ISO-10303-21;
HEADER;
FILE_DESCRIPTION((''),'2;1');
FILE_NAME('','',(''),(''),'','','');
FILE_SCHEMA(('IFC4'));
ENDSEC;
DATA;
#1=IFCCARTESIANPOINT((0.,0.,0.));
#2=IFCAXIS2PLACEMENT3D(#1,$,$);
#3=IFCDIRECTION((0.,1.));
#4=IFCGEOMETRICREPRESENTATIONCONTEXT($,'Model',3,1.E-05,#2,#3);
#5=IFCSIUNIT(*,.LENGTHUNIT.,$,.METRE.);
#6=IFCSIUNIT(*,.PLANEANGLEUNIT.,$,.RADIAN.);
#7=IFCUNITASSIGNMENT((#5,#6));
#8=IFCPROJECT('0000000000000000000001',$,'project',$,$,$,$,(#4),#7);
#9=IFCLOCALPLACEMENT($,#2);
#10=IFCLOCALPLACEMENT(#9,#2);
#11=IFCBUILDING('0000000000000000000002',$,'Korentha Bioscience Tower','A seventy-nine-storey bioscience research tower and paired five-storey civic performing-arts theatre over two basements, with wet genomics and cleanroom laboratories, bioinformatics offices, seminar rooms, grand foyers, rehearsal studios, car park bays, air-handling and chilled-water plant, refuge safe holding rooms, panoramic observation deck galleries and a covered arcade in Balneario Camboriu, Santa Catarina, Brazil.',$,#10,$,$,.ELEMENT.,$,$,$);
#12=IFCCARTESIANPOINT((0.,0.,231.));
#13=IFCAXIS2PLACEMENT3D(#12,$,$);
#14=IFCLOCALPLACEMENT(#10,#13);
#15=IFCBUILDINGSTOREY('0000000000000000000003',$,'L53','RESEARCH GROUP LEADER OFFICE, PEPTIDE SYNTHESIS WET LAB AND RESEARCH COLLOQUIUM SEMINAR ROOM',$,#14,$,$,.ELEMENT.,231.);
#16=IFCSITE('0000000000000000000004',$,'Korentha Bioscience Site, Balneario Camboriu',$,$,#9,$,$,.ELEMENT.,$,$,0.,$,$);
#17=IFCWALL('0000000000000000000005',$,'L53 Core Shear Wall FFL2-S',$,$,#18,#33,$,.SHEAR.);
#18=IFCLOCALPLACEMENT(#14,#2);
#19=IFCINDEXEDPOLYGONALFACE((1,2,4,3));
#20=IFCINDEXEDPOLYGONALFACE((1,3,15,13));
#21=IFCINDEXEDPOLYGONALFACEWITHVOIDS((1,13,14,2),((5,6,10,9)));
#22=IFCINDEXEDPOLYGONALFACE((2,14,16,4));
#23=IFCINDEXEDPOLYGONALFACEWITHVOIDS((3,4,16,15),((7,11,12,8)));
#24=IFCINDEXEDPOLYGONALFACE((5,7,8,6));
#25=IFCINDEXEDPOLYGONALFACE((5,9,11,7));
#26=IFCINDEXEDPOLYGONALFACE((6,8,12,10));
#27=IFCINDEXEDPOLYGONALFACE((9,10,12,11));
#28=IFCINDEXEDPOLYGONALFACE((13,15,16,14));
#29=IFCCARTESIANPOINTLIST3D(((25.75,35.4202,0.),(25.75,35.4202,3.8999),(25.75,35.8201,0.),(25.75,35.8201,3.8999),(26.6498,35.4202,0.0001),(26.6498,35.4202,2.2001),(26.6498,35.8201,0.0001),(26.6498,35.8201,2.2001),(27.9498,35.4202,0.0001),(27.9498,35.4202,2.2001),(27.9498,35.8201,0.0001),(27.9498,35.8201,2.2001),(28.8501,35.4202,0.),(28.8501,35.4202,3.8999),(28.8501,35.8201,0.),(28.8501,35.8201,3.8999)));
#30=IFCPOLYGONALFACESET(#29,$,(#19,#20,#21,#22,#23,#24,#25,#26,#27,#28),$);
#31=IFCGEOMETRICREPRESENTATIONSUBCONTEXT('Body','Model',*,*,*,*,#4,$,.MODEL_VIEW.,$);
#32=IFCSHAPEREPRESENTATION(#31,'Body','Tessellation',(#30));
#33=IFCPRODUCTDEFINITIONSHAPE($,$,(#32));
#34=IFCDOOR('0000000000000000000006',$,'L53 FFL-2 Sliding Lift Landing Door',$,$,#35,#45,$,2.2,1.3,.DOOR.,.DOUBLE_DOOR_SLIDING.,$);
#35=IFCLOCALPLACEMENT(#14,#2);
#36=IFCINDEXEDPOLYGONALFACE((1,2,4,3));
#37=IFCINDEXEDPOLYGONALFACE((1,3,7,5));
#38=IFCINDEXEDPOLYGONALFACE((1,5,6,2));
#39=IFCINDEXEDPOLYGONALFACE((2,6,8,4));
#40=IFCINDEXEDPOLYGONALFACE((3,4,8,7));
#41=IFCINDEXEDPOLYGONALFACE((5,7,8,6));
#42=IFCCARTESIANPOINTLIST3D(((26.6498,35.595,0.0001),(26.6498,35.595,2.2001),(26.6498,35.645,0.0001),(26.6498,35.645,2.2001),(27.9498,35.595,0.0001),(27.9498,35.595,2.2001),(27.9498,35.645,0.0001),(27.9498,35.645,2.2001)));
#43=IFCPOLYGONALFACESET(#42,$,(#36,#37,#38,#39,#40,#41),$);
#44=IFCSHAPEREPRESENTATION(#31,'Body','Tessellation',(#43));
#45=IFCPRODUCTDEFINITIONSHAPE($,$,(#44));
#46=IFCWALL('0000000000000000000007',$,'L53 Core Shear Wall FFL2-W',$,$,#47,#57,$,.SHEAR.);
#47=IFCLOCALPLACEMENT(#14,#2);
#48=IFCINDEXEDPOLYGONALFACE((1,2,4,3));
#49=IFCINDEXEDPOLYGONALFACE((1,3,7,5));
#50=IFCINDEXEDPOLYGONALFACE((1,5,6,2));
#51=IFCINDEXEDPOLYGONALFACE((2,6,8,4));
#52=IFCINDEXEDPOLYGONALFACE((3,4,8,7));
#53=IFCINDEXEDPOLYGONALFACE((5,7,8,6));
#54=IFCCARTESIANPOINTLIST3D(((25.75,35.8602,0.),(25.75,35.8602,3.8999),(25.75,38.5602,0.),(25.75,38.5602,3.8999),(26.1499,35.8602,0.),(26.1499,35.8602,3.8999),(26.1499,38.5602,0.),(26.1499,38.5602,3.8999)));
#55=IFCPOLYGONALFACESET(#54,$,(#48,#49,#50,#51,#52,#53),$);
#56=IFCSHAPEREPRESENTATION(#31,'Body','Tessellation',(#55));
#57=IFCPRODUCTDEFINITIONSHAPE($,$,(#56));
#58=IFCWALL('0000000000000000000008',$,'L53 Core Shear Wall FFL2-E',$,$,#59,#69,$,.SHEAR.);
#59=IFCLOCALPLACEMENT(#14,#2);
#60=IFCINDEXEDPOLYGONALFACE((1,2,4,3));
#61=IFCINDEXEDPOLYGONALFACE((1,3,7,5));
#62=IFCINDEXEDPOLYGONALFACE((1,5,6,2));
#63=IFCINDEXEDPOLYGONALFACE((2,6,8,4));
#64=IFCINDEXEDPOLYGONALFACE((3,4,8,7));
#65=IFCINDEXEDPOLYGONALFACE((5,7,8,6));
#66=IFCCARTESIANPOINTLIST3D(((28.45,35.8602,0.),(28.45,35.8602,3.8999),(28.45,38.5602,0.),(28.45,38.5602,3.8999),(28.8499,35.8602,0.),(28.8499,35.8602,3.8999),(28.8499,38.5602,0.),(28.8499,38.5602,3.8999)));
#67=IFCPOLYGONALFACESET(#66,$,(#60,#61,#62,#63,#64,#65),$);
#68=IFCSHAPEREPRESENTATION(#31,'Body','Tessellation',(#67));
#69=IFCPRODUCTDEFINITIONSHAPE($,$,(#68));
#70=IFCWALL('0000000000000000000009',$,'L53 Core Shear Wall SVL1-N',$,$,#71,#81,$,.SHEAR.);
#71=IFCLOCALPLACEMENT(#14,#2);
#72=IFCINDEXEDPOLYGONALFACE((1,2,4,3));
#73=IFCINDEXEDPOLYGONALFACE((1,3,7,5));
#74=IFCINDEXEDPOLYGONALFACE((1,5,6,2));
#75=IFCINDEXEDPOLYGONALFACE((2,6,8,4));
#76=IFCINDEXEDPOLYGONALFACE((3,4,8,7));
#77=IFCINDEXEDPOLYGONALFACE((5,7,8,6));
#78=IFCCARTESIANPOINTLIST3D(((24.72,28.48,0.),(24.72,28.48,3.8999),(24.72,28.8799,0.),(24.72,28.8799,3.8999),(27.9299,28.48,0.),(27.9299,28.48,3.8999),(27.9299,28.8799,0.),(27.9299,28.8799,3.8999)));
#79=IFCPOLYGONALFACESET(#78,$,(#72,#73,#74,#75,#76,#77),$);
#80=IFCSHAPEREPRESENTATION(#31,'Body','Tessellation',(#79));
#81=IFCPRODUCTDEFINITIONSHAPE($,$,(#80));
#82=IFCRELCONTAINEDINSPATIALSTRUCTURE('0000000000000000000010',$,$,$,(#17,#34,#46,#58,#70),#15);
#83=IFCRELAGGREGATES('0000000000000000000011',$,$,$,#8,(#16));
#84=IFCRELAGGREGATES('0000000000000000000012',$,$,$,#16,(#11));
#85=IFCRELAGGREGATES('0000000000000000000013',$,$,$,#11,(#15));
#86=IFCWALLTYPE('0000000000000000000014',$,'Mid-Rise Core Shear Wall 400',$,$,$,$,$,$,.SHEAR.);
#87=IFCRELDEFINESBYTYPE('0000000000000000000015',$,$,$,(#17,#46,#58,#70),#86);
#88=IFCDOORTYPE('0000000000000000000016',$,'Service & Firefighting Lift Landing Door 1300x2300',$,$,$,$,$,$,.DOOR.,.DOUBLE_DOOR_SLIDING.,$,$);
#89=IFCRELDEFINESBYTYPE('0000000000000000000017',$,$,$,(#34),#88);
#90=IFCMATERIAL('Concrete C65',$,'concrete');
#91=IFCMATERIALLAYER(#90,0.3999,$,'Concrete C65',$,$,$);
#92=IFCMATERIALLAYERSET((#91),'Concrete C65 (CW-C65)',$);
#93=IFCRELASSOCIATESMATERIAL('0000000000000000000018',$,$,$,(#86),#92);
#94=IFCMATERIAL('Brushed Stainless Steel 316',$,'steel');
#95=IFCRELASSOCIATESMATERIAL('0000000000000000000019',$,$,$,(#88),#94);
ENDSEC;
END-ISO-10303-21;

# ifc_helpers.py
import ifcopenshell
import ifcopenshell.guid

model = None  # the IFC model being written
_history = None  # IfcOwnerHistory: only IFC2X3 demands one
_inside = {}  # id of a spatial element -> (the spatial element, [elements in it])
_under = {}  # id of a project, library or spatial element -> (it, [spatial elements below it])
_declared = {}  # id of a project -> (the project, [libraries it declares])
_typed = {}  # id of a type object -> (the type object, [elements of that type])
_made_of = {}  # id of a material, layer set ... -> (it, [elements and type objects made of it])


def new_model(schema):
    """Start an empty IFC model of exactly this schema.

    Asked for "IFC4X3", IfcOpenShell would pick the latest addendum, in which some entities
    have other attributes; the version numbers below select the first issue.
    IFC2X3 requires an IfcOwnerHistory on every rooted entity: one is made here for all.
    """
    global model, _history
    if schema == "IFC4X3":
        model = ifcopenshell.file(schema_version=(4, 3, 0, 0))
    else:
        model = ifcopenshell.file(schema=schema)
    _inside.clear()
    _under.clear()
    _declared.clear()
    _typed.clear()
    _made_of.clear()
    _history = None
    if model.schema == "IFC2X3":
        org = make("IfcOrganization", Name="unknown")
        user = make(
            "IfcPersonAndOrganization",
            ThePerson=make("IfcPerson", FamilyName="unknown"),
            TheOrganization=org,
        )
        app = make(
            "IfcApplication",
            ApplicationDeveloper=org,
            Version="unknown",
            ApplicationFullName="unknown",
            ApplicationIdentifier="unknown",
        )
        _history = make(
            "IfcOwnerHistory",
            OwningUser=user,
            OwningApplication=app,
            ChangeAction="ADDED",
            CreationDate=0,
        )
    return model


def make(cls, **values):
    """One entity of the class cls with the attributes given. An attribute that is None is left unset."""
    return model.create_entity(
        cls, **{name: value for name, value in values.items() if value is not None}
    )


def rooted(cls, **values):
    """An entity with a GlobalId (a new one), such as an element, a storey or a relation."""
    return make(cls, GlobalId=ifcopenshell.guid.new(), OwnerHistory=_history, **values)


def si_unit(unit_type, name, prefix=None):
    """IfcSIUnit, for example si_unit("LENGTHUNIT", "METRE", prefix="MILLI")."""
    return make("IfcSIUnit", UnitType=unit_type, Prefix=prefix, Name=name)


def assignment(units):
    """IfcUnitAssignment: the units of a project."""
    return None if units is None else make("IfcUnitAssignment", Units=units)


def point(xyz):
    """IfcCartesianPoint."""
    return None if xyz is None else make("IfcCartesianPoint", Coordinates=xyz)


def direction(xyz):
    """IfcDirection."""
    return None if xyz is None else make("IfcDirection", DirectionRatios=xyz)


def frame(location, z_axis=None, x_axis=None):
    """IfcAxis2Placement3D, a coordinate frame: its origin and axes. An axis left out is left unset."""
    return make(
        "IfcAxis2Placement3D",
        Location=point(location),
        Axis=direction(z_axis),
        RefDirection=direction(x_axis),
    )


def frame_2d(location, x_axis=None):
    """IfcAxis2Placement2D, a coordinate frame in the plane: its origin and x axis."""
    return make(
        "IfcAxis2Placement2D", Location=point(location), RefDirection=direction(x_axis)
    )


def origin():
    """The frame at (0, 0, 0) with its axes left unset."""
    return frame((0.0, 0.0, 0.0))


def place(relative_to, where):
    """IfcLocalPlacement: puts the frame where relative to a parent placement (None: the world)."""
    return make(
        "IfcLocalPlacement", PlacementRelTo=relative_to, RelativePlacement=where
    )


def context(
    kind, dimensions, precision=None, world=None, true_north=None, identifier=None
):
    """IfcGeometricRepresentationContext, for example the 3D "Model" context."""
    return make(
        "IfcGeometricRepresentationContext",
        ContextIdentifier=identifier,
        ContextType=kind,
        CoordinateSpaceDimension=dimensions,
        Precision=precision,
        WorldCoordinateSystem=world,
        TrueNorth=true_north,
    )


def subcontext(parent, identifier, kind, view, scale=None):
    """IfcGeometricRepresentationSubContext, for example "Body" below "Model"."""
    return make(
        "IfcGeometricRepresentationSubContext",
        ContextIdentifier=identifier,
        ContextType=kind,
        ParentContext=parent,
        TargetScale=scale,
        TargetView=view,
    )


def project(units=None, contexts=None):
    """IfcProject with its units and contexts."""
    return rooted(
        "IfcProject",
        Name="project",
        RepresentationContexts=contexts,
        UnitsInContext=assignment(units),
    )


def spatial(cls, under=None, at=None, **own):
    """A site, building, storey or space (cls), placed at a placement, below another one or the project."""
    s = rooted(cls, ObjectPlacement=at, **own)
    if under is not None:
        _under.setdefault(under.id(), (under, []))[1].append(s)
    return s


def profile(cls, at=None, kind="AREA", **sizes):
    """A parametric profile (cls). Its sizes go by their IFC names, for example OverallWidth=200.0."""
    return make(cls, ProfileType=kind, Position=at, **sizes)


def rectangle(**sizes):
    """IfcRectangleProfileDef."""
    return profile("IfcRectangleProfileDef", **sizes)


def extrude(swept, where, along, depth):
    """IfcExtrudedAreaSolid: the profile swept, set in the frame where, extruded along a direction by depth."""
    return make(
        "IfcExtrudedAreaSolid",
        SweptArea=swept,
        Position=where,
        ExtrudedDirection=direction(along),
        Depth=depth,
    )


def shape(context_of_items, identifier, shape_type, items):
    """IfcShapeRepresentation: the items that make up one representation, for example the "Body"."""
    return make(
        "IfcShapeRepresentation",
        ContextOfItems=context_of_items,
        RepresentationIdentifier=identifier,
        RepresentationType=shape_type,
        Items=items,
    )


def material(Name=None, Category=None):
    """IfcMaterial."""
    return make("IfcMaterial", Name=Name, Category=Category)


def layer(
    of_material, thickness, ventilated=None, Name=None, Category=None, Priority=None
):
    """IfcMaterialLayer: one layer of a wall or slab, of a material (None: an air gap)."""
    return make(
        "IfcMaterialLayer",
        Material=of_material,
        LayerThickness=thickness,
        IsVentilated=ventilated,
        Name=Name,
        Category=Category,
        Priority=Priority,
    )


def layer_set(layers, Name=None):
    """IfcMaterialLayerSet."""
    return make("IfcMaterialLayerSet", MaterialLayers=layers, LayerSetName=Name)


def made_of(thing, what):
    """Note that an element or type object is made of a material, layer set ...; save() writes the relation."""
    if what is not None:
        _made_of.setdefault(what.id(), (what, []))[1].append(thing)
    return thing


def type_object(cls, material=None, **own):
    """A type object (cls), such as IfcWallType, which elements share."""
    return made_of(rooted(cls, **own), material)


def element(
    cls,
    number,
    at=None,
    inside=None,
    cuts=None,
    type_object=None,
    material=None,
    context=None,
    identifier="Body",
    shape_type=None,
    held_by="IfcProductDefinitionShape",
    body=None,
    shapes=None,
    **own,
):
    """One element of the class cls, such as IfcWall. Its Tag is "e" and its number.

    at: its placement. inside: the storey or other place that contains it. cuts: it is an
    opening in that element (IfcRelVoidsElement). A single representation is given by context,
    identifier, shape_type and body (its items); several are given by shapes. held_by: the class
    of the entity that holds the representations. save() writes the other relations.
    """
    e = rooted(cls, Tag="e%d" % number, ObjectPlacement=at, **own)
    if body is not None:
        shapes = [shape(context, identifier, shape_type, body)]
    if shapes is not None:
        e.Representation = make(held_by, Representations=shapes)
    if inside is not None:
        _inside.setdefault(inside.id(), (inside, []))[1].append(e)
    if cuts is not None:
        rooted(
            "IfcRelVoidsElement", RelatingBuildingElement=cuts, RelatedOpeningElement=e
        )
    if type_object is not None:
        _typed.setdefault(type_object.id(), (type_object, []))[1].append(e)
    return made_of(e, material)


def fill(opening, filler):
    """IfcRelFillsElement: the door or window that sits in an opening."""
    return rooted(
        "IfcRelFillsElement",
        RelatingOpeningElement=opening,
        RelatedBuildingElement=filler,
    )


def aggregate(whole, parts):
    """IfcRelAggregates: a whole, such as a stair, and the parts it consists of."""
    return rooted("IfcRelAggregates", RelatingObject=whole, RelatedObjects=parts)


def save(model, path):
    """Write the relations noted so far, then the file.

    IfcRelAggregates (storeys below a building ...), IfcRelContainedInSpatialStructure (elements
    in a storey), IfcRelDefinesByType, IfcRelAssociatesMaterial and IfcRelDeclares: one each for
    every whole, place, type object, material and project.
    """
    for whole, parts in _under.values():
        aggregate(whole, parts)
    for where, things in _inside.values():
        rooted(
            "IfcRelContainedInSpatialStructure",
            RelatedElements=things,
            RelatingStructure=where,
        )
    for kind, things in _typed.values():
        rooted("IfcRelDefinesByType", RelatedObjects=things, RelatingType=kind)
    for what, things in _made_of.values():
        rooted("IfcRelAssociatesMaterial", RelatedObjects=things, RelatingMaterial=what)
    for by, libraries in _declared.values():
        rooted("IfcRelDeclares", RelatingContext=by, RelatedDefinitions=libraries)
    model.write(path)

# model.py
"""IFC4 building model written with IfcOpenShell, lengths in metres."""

from ifc_helpers import new_model, si_unit, direction, frame, frame_2d, origin, place, context, subcontext, project, spatial, rectangle, extrude, material, layer, layer_set, type_object, element, fill, save


model = new_model("IFC4")

# Units and contexts
model_context = context("Model", 3, precision=1e-05, world=origin(), true_north=direction((0.0, 1.0)))
body_context = subcontext(model_context, "Body", "Model", "MODEL_VIEW")
ifc_project = project(units=[si_unit("LENGTHUNIT", "METRE"), si_unit("PLANEANGLEUNIT", "RADIAN")], contexts=[model_context])

# Site, building, storey
site_placement = place(None, origin())
site = spatial("IfcSite", under=ifc_project, at=site_placement, Name="Korentha Bioscience Site, Balneario Camboriu", CompositionType="ELEMENT", RefElevation=0.0)
building_placement = place(site_placement, origin())
building = spatial("IfcBuilding", under=site, at=building_placement, Name="Korentha Bioscience Tower", Description="A seventy-nine-storey bioscience research tower and paired five-storey civic performing-arts theatre over two basements, with wet genomics and cleanroom laboratories, bioinformatics offices, seminar rooms, grand foyers, rehearsal studios, car park bays, air-handling and chilled-water plant, refuge safe holding rooms, panoramic observation deck galleries and a covered arcade in Balneario Camboriu, Santa Catarina, Brazil.", CompositionType="ELEMENT")
storey_placement = place(building_placement, frame((0.0, 0.0, 231.0)))
storey = spatial("IfcBuildingStorey", under=building, at=storey_placement, Name="L53", Description="RESEARCH GROUP LEADER OFFICE, PEPTIDE SYNTHESIS WET LAB AND RESEARCH COLLOQUIUM SEMINAR ROOM", CompositionType="ELEMENT", Elevation=231.0)

# Shared definitions
ifc_material_1 = material(Name="Concrete C65", Category="concrete")

# Shared definitions
ifc_layer_1 = layer(ifc_material_1, 0.3999, Name="Concrete C65")
ifc_layer_set_1 = layer_set([ifc_layer_1], Name="Concrete C65 (CW-C65)")
wall_type_1 = type_object("IfcWallType", Name="Mid-Rise Core Shear Wall 400", PredefinedType="SHEAR", material=ifc_layer_set_1)

# Wall, opening, door
wall_1_placement = place(storey_placement, frame((25.75, 35.6201, 0.0), z_axis=(0.0, 0.0, 1.0), x_axis=(1.0, 0.0, 0.0)))
wall_1 = element("IfcWall", 1, at=wall_1_placement, inside=storey, type_object=wall_type_1, Name="L53 Core Shear Wall FFL2-S", PredefinedType="SHEAR", context=body_context, shape_type="SweptSolid", body=[
    extrude(rectangle(XDim=3.1001, YDim=0.3999, at=frame_2d((1.55, 0.0))), origin(), (0.0, 0.0, 1.0), 3.8999),
])
opening_1_placement = place(wall_1_placement, frame((0.8999, 0.0, 0.0)))
opening_1 = element("IfcOpeningElement", 2, at=opening_1_placement, cuts=wall_1, PredefinedType="OPENING", context=body_context, shape_type="SweptSolid", body=[
    extrude(rectangle(XDim=1.3, YDim=2.2, at=frame_2d((0.6499, 1.1001))), frame((0.0, 0.2148, 0.0), z_axis=(0.0, -1.0, 0.0), x_axis=(1.0, 0.0, 0.0)), (0.0, 0.0, 1.0), 0.4297),
])
ifc_material_2 = material(Name="Brushed Stainless Steel 316", Category="steel")
door_type_1 = type_object("IfcDoorType", Name="Service & Firefighting Lift Landing Door 1300x2300", OperationType="DOUBLE_DOOR_SLIDING", PredefinedType="DOOR", material=ifc_material_2)
door_1_placement = place(opening_1_placement, origin())
door_1 = element("IfcDoor", 3, at=door_1_placement, inside=storey, type_object=door_type_1, Name="L53 FFL-2 Sliding Lift Landing Door", OperationType="DOUBLE_DOOR_SLIDING", OverallHeight=2.2, OverallWidth=1.3, PredefinedType="DOOR", context=body_context, shape_type="SweptSolid", body=[
    extrude(rectangle(XDim=1.3, YDim=2.2, at=frame_2d((0.6499, 1.1001))), frame((0.0, 0.0249, 0.0), z_axis=(0.0, -1.0, 0.0), x_axis=(1.0, 0.0, 0.0)), (0.0, 0.0, 1.0), 0.05),
])
fill(opening_1, door_1)

# Walls
for number, where, z_axis, x_axis, name in (
    (4, (25.95, 35.8601, 0.0), (0.0, 0.0, 1.0), (0.0, 1.0, 0.0), "L53 Core Shear Wall FFL2-W"),
    (5, (28.6499, 35.8601, 0.0), (0.0, 0.0, 1.0), (0.0, 1.0, 0.0), "L53 Core Shear Wall FFL2-E"),
):
    element("IfcWall", number, at=place(storey_placement, frame(where, z_axis=z_axis, x_axis=x_axis)), inside=storey, type_object=wall_type_1, Name=name, PredefinedType="SHEAR", context=body_context, shape_type="SweptSolid", body=[
        extrude(rectangle(XDim=2.7, YDim=0.3999, at=frame_2d((1.3501, 0.0))), origin(), (0.0, 0.0, 1.0), 3.8999),
    ])
wall_2_placement = place(storey_placement, frame((24.72, 28.6799, 0.0), z_axis=(0.0, 0.0, 1.0), x_axis=(1.0, 0.0, 0.0)))
element("IfcWall", 6, at=wall_2_placement, inside=storey, type_object=wall_type_1, Name="L53 Core Shear Wall SVL1-N", PredefinedType="SHEAR", context=body_context, shape_type="SweptSolid", body=[
    extrude(rectangle(XDim=3.21, YDim=0.3999, at=frame_2d((1.605, 0.0))), origin(), (0.0, 0.0, 1.0), 3.8999),
])

save(model, "model.ifc")
